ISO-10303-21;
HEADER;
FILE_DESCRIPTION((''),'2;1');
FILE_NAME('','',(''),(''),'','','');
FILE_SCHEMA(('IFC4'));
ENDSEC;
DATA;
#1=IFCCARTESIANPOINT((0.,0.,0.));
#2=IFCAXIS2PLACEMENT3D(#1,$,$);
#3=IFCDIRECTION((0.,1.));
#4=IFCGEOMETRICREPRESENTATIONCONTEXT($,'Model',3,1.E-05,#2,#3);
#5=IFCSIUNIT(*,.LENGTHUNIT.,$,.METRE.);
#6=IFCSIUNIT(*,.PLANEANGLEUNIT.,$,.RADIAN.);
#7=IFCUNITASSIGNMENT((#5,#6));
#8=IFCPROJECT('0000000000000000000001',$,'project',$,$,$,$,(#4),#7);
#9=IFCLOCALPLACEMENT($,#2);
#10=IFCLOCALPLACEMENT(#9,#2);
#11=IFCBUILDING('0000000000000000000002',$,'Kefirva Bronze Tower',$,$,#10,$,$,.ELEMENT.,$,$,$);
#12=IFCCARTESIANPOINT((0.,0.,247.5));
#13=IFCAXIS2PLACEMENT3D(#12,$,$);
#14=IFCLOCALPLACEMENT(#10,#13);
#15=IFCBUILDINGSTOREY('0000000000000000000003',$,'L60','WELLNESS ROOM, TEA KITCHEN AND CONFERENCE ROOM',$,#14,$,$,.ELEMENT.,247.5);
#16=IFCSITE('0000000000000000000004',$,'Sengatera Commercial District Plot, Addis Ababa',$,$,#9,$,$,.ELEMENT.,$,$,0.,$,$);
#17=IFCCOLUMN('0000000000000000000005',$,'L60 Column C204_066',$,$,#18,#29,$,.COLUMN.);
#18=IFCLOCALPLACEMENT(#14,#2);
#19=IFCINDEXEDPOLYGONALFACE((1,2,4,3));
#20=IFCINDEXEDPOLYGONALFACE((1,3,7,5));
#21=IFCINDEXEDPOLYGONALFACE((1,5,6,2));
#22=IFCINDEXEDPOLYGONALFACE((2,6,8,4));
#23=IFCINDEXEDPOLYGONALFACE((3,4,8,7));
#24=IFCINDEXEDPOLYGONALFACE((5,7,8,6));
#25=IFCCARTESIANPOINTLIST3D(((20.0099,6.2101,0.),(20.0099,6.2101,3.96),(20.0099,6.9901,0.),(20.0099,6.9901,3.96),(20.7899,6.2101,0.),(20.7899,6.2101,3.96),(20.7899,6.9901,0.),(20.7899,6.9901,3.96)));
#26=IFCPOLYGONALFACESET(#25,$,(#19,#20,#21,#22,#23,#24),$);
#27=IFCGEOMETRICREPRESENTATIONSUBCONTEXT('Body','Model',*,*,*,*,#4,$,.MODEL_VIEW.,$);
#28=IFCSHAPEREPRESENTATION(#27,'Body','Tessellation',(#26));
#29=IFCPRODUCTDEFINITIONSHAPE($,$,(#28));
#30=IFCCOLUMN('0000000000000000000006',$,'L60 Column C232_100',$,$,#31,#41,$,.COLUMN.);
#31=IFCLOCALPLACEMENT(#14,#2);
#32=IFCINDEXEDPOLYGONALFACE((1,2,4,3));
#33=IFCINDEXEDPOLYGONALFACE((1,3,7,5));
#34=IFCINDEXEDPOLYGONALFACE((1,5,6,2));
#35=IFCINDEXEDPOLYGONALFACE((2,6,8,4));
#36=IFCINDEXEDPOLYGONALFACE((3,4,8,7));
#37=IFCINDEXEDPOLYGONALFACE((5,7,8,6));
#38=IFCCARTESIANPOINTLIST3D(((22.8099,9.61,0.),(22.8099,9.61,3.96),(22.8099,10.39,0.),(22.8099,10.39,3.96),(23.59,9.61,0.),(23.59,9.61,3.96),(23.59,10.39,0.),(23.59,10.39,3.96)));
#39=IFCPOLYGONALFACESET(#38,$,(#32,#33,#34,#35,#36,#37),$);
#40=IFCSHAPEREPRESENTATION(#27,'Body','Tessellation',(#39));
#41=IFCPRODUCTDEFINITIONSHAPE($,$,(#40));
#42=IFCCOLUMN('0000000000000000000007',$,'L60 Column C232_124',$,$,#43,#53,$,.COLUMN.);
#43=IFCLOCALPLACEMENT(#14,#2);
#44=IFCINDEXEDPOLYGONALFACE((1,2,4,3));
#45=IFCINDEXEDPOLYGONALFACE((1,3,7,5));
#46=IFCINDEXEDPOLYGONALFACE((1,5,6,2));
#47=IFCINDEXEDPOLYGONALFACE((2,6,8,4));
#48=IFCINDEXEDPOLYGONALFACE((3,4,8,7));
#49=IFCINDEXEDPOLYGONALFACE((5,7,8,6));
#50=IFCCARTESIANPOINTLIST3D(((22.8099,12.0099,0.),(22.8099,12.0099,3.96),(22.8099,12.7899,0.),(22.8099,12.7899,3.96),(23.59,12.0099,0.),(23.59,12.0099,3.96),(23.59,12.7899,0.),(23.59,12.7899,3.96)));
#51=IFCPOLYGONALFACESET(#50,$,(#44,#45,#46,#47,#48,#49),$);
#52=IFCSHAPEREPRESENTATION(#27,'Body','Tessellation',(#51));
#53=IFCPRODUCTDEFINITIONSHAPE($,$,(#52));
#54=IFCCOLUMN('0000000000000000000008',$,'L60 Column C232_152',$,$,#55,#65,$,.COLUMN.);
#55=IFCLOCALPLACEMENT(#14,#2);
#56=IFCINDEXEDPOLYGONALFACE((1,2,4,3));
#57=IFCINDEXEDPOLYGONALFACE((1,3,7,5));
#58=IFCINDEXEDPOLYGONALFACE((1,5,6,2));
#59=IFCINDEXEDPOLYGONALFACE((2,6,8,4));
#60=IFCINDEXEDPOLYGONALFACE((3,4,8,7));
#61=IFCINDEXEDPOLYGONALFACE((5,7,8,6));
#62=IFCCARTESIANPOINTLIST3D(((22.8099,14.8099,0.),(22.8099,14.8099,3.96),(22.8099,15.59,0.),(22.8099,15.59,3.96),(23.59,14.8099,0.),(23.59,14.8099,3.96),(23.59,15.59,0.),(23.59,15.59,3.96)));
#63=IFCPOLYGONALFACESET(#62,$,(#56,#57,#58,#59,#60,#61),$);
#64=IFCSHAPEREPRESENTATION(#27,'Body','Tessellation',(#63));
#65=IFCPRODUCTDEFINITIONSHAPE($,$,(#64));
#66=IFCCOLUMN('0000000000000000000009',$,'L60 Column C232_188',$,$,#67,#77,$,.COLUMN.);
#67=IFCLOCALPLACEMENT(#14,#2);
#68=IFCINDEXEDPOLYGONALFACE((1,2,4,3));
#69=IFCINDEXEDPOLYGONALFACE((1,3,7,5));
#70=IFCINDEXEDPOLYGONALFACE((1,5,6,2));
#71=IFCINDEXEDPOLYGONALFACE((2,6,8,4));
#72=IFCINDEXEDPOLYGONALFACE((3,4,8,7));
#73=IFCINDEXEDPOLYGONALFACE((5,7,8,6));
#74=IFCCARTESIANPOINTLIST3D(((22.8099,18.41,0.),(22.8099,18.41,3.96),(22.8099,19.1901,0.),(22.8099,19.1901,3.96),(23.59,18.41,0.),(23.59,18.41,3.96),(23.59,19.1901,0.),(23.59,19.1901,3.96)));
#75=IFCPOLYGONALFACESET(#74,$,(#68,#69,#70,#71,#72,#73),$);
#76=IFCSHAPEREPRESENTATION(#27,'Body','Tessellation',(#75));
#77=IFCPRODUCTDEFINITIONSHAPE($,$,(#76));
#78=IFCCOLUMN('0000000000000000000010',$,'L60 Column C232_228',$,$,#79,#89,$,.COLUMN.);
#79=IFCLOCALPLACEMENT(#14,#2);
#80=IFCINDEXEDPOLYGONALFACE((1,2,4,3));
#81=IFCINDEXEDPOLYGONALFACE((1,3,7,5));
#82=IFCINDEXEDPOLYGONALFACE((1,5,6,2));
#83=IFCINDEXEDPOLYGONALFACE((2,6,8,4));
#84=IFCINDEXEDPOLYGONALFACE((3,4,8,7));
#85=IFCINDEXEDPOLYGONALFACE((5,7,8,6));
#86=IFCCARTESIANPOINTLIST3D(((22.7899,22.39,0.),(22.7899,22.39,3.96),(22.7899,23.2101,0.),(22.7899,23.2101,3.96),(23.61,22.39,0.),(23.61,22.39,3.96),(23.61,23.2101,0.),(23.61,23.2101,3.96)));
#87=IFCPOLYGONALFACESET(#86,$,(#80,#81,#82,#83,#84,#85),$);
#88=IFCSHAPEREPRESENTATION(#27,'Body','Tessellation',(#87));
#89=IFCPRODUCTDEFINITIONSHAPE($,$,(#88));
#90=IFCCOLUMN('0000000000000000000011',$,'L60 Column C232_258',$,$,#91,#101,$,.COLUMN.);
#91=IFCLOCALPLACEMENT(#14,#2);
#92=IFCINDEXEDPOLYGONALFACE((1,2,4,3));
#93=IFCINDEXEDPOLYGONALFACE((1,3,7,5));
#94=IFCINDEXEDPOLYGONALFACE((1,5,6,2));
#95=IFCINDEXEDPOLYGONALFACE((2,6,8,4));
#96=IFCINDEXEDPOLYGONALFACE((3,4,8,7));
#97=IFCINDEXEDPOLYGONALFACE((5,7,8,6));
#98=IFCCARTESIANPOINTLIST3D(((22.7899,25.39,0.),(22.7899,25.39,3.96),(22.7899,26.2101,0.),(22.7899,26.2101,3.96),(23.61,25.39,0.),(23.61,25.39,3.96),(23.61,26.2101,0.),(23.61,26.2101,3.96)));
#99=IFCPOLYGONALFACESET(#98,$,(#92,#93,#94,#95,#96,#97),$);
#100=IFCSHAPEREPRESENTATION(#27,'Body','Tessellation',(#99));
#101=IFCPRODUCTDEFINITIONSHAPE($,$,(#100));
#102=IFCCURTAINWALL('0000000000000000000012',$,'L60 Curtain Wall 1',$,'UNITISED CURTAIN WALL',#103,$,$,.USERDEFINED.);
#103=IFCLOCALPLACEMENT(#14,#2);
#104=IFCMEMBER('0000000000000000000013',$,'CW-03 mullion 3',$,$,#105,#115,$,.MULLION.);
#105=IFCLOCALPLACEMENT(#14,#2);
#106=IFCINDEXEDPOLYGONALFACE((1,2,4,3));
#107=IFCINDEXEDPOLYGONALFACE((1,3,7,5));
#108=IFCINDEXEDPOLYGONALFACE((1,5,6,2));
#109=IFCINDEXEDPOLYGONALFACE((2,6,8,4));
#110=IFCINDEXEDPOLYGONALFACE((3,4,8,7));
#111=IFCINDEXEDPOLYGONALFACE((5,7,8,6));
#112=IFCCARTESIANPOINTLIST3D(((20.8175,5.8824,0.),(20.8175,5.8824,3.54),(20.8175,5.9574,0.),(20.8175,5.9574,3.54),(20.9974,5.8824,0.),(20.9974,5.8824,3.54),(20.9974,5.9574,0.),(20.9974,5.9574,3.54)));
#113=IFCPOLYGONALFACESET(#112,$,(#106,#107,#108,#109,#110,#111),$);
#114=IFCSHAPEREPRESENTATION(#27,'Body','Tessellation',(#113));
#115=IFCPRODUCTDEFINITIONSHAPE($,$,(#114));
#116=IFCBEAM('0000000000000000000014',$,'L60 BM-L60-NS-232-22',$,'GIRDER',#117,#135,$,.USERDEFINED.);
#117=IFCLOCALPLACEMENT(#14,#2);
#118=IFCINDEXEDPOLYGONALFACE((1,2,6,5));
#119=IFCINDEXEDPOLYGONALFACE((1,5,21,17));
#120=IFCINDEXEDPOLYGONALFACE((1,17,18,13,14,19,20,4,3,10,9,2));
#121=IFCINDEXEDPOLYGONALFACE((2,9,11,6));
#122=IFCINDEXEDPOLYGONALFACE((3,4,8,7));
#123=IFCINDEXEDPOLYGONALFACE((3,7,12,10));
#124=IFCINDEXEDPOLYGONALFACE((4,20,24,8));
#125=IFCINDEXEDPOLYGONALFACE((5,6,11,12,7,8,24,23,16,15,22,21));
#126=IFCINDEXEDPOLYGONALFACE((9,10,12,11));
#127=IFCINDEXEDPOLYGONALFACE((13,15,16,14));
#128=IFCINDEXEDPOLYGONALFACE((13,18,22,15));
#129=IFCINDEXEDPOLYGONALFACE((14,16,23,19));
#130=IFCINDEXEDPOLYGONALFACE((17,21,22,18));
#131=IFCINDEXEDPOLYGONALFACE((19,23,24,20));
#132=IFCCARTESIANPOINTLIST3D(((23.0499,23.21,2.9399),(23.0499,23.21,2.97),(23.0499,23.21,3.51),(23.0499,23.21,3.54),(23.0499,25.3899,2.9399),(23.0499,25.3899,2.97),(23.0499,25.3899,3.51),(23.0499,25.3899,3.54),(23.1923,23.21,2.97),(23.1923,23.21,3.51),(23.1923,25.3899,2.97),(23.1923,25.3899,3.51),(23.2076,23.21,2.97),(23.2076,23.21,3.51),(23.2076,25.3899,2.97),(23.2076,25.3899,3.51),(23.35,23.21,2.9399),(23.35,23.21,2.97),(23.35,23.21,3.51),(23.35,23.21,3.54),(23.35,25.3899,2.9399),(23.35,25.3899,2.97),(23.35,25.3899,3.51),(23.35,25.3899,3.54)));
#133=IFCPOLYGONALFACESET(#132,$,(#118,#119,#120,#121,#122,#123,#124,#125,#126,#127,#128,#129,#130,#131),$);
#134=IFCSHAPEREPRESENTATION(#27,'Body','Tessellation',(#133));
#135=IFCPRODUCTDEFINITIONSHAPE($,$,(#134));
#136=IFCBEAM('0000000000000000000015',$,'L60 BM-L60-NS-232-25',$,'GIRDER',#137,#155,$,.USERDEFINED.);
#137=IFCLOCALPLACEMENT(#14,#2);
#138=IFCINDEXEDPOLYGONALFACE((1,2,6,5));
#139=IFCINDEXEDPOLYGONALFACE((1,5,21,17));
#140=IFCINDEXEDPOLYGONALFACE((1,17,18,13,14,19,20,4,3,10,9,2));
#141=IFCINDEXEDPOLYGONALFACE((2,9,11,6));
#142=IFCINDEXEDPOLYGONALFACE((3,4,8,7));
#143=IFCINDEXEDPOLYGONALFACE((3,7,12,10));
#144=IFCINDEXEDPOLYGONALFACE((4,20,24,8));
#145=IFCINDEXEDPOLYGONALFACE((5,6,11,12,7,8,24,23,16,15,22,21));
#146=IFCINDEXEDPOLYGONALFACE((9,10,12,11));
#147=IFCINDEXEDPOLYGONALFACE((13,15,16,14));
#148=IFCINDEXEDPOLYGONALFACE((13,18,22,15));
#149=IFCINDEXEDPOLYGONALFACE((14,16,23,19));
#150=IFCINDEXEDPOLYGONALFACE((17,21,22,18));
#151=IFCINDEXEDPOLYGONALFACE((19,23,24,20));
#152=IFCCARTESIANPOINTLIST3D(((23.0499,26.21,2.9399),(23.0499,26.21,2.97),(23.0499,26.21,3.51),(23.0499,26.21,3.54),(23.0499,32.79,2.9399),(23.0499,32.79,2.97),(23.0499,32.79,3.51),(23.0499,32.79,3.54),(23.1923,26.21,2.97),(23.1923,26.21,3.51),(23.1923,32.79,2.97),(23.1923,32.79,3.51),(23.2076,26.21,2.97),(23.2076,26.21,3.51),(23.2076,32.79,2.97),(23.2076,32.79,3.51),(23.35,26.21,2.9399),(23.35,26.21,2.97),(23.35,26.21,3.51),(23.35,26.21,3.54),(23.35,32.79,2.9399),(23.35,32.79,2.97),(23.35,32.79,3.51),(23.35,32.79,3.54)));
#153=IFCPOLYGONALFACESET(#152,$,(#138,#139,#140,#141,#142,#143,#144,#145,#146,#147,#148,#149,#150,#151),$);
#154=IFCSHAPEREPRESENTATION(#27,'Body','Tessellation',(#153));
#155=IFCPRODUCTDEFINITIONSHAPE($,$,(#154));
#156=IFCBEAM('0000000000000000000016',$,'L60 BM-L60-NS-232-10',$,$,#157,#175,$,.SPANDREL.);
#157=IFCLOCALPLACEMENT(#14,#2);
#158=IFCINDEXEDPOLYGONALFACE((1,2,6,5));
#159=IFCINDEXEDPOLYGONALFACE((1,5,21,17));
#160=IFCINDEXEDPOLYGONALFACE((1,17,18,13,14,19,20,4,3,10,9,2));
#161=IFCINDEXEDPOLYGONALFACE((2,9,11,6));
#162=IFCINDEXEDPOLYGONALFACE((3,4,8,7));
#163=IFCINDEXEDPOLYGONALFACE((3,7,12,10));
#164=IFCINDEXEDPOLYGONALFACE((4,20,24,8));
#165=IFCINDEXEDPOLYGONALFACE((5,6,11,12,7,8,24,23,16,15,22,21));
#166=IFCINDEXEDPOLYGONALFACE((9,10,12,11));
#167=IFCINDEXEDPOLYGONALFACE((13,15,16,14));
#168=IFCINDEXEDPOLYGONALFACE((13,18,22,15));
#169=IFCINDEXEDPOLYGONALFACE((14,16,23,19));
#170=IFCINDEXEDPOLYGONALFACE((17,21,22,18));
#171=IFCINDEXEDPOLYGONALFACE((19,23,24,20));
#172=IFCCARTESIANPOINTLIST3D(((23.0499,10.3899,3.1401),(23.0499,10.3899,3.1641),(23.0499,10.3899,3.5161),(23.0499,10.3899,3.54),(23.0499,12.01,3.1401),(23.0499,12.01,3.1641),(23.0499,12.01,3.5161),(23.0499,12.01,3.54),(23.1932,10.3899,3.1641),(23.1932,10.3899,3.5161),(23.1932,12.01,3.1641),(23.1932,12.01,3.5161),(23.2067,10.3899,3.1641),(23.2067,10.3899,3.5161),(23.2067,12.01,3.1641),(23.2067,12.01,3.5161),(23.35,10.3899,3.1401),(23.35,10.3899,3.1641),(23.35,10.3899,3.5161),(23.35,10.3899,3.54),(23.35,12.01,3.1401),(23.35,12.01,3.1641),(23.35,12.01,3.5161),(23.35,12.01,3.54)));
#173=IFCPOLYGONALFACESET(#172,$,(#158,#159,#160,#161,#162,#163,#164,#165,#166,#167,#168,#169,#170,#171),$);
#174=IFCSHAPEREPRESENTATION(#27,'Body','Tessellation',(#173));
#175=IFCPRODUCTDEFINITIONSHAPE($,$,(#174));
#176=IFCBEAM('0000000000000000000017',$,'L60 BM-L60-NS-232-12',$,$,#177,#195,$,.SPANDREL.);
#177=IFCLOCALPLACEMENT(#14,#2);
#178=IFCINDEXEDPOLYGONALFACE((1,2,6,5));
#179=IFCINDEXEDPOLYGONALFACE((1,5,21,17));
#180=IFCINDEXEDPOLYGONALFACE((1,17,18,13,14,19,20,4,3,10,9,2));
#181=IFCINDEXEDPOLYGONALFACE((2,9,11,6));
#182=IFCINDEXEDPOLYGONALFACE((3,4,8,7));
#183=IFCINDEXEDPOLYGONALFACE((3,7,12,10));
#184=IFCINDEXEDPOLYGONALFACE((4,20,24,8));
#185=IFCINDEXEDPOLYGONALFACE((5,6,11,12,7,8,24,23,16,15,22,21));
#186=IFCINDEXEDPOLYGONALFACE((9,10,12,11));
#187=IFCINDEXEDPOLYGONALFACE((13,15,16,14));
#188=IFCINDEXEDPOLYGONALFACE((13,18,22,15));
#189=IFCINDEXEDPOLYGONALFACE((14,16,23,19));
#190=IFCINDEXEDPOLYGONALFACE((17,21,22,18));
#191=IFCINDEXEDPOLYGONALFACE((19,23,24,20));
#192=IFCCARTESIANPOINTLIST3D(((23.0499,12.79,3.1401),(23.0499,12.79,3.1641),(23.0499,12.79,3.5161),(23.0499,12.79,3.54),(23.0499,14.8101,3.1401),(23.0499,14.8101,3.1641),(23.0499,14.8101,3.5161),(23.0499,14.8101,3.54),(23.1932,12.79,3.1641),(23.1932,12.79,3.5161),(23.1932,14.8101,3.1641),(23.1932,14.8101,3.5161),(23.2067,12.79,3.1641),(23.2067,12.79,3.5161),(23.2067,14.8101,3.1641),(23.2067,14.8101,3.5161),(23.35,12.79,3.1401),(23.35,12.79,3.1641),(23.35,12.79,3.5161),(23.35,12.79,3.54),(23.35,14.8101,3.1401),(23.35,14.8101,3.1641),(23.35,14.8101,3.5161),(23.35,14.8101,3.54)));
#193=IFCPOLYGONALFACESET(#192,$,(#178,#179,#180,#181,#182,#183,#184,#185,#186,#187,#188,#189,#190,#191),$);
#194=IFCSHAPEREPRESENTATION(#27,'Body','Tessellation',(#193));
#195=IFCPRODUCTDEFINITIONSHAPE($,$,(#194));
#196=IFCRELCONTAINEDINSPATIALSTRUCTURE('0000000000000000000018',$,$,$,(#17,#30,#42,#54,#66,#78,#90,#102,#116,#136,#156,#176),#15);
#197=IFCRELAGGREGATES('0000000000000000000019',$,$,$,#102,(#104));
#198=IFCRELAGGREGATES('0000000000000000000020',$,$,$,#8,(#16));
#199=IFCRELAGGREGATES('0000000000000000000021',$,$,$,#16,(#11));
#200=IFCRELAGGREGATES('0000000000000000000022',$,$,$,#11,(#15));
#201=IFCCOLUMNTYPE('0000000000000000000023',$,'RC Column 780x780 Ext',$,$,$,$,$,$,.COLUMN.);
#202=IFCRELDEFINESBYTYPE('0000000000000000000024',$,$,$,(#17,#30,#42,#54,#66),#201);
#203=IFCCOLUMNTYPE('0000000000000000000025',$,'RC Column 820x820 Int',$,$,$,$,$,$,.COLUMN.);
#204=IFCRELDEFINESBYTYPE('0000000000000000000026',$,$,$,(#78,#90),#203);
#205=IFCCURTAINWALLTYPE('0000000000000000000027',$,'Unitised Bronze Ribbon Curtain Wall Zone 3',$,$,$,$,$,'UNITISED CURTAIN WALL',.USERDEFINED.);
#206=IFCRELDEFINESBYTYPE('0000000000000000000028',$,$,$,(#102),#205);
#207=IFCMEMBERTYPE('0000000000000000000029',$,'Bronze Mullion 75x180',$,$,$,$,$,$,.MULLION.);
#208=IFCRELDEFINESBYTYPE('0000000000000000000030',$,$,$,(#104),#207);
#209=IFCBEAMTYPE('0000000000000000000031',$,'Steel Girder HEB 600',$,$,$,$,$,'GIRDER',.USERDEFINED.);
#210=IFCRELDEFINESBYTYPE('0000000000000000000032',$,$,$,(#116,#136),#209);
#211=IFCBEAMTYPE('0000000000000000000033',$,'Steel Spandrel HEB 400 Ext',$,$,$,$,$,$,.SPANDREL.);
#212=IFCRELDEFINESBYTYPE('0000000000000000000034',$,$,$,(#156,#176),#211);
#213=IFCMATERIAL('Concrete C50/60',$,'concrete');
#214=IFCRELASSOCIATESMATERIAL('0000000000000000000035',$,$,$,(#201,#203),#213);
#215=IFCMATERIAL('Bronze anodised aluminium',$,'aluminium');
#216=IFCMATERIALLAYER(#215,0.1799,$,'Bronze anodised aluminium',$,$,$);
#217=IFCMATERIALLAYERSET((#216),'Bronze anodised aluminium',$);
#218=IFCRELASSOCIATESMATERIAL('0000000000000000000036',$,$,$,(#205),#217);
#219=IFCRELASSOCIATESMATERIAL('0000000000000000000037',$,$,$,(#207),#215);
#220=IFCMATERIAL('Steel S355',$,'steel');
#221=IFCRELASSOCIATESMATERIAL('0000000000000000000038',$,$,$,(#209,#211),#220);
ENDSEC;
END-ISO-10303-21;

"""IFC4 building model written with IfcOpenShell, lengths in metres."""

from ifc_helpers import new_model, si_unit, direction, frame, origin, origin_2d, place, context, subcontext, project, spatial, rectangle, i_section, extrude, material, layer, layer_set, material_profile, profile_set, type_object, element, aggregate, save


model = new_model("IFC4")

# Units and contexts
model_context = context("Model", 3, precision=1e-05, world=origin(), true_north=direction((0.0, 1.0)))
body_context = subcontext(model_context, "Body", "Model", "MODEL_VIEW")
ifc_project = project(units=[si_unit("LENGTHUNIT", "METRE"), si_unit("PLANEANGLEUNIT", "RADIAN")], contexts=[model_context])

# Site, building, storey
site_placement = place(None, origin())
site = spatial("IfcSite", under=ifc_project, at=site_placement, Name="Sengatera Commercial District Plot, Addis Ababa", CompositionType="ELEMENT", RefElevation=0.0)
building_placement = place(site_placement, origin())
building = spatial("IfcBuilding", under=site, at=building_placement, Name="Kefirva Bronze Tower", CompositionType="ELEMENT")
storey_placement = place(building_placement, frame((0.0, 0.0, 247.5)))
storey = spatial("IfcBuildingStorey", under=building, at=storey_placement, Name="L60", Description="WELLNESS ROOM, TEA KITCHEN AND CONFERENCE ROOM", CompositionType="ELEMENT", Elevation=247.5)

# Columns
ifc_material_1 = material(Name="Concrete C50/60", Category="concrete")
ifc_material_profile_1 = material_profile(ifc_material_1, rectangle(XDim=0.78, YDim=0.78, at=origin_2d()), Name="RC 780x780")
ifc_profile_set_1 = profile_set([ifc_material_profile_1], Name="Concrete C50/60")
column_type_1 = type_object("IfcColumnType", Name="RC Column 780x780 Ext", PredefinedType="COLUMN", material=ifc_profile_set_1)
for number, where, z_axis, x_axis, name in (
    (1, (20.3999, 6.6001, 0.0), (0.0, 0.0, 1.0), (1.0, 0.0, 0.0), "L60 Column C204_066"),
    (2, (23.2, 10.0, 0.0), (0.0, 0.0, 1.0), (1.0, 0.0, 0.0), "L60 Column C232_100"),
    (3, (23.2, 12.3999, 0.0), (0.0, 0.0, 1.0), (1.0, 0.0, 0.0), "L60 Column C232_124"),
    (4, (23.2, 15.2, 0.0), (0.0, 0.0, 1.0), (1.0, 0.0, 0.0), "L60 Column C232_152"),
    (5, (23.2, 18.8, 0.0), (0.0, 0.0, 1.0), (1.0, 0.0, 0.0), "L60 Column C232_188"),
):
    element("IfcColumn", number, at=place(storey_placement, frame(where, z_axis=z_axis, x_axis=x_axis)), inside=storey, type_object=column_type_1, Name=name, PredefinedType="COLUMN", context=body_context, shape_type="SweptSolid", body=[
        extrude(rectangle(XDim=0.78, YDim=0.78, at=origin_2d()), origin(), (0.0, 0.0, 1.0), 3.96),
    ])
ifc_material_profile_2 = material_profile(ifc_material_1, rectangle(XDim=0.8201, YDim=0.8201, at=origin_2d()), Name="RC 820x820")
ifc_profile_set_2 = profile_set([ifc_material_profile_2], Name="Concrete C50/60")
column_type_2 = type_object("IfcColumnType", Name="RC Column 820x820 Int", PredefinedType="COLUMN", material=ifc_profile_set_2)
for number, where, z_axis, x_axis, name in (
    (6, (23.2, 22.8, 0.0), (0.0, 0.0, 1.0), (1.0, 0.0, 0.0), "L60 Column C232_228"),
    (7, (23.2, 25.8, 0.0), (0.0, 0.0, 1.0), (1.0, 0.0, 0.0), "L60 Column C232_258"),
):
    element("IfcColumn", number, at=place(storey_placement, frame(where, z_axis=z_axis, x_axis=x_axis)), inside=storey, type_object=column_type_2, Name=name, PredefinedType="COLUMN", context=body_context, shape_type="SweptSolid", body=[
        extrude(rectangle(XDim=0.8201, YDim=0.8201, at=origin_2d()), origin(), (0.0, 0.0, 1.0), 3.96),
    ])

# Curtain wall, member
ifc_material_2 = material(Name="Bronze anodised aluminium", Category="aluminium")
ifc_layer_1 = layer(ifc_material_2, 0.1799, Name="Bronze anodised aluminium")
ifc_layer_set_1 = layer_set([ifc_layer_1], Name="Bronze anodised aluminium")
curtain_wall_type = type_object("IfcCurtainWallType", Name="Unitised Bronze Ribbon Curtain Wall Zone 3", ElementType="UNITISED CURTAIN WALL", PredefinedType="USERDEFINED", material=ifc_layer_set_1)
curtain_wall_placement = place(storey_placement, origin())
curtain_wall = element("IfcCurtainWall", 8, at=curtain_wall_placement, inside=storey, type_object=curtain_wall_type, Name="L60 Curtain Wall 1", ObjectType="UNITISED CURTAIN WALL", PredefinedType="USERDEFINED")
ifc_material_profile_3 = material_profile(ifc_material_2, rectangle(XDim=0.075, YDim=0.1799, at=origin_2d()), Name="ALU 75x180")
ifc_profile_set_3 = profile_set([ifc_material_profile_3], Name="Bronze anodised aluminium")
member_type = type_object("IfcMemberType", Name="Bronze Mullion 75x180", PredefinedType="MULLION", material=ifc_profile_set_3)
member_placement = place(storey_placement, frame((20.9075, 5.9199, 0.0), z_axis=(0.0, 0.0, 1.0), x_axis=(0.0, 1.0, 0.0)))
member = element("IfcMember", 9, at=member_placement, type_object=member_type, Name="CW-03 mullion 3", PredefinedType="MULLION", context=body_context, shape_type="SweptSolid", body=[
    extrude(rectangle(XDim=0.075, YDim=0.1799, at=origin_2d()), origin(), (0.0, 0.0, 1.0), 3.54),
])
aggregate(curtain_wall, [member])

# Beams
ifc_material_3 = material(Name="Steel S355", Category="steel")
ifc_material_profile_4 = material_profile(ifc_material_3, i_section(OverallWidth=0.3, OverallDepth=0.6001, WebThickness=0.0154, FlangeThickness=0.03, at=origin_2d()), Name="HEB 600")
ifc_profile_set_4 = profile_set([ifc_material_profile_4], Name="Steel S355")
beam_type_1 = type_object("IfcBeamType", Name="Steel Girder HEB 600", ElementType="GIRDER", PredefinedType="USERDEFINED", material=ifc_profile_set_4)
beam_1_placement = place(storey_placement, frame((23.2, 23.21, 3.24), z_axis=(0.0, 1.0, 0.0), x_axis=(-1.0, 0.0, 0.0)))
element("IfcBeam", 10, at=beam_1_placement, inside=storey, type_object=beam_type_1, Name="L60 BM-L60-NS-232-22", ObjectType="GIRDER", PredefinedType="USERDEFINED", context=body_context, shape_type="SweptSolid", body=[
    extrude(i_section(OverallWidth=0.3, OverallDepth=0.6001, WebThickness=0.0154, FlangeThickness=0.03, at=origin_2d()), origin(), (0.0, 0.0, 1.0), 2.1799),
])
beam_2_placement = place(storey_placement, frame((23.2, 26.21, 3.24), z_axis=(0.0, 1.0, 0.0), x_axis=(-1.0, 0.0, 0.0)))
element("IfcBeam", 11, at=beam_2_placement, inside=storey, type_object=beam_type_1, Name="L60 BM-L60-NS-232-25", ObjectType="GIRDER", PredefinedType="USERDEFINED", context=body_context, shape_type="SweptSolid", body=[
    extrude(i_section(OverallWidth=0.3, OverallDepth=0.6001, WebThickness=0.0154, FlangeThickness=0.03, at=origin_2d()), origin(), (0.0, 0.0, 1.0), 6.5801),
])
ifc_material_profile_5 = material_profile(ifc_material_3, i_section(OverallWidth=0.3, OverallDepth=0.3999, WebThickness=0.0134, FlangeThickness=0.0239, at=origin_2d()), Name="HEB 400")
ifc_profile_set_5 = profile_set([ifc_material_profile_5], Name="Steel S355")
beam_type_2 = type_object("IfcBeamType", Name="Steel Spandrel HEB 400 Ext", PredefinedType="SPANDREL", material=ifc_profile_set_5)
beam_3_placement = place(storey_placement, frame((23.2, 10.3899, 3.3401), z_axis=(0.0, 1.0, 0.0), x_axis=(-1.0, 0.0, 0.0)))
element("IfcBeam", 12, at=beam_3_placement, inside=storey, type_object=beam_type_2, Name="L60 BM-L60-NS-232-10", PredefinedType="SPANDREL", context=body_context, shape_type="SweptSolid", body=[
    extrude(i_section(OverallWidth=0.3, OverallDepth=0.3999, WebThickness=0.0134, FlangeThickness=0.0239, at=origin_2d()), origin(), (0.0, 0.0, 1.0), 1.6201),
])
beam_4_placement = place(storey_placement, frame((23.2, 12.79, 3.3401), z_axis=(0.0, 1.0, 0.0), x_axis=(-1.0, 0.0, 0.0)))
element("IfcBeam", 13, at=beam_4_placement, inside=storey, type_object=beam_type_2, Name="L60 BM-L60-NS-232-12", PredefinedType="SPANDREL", context=body_context, shape_type="SweptSolid", body=[
    extrude(i_section(OverallWidth=0.3, OverallDepth=0.3999, WebThickness=0.0134, FlangeThickness=0.0239, at=origin_2d()), origin(), (0.0, 0.0, 1.0), 2.02),
])

save(model, "model.ifc")
